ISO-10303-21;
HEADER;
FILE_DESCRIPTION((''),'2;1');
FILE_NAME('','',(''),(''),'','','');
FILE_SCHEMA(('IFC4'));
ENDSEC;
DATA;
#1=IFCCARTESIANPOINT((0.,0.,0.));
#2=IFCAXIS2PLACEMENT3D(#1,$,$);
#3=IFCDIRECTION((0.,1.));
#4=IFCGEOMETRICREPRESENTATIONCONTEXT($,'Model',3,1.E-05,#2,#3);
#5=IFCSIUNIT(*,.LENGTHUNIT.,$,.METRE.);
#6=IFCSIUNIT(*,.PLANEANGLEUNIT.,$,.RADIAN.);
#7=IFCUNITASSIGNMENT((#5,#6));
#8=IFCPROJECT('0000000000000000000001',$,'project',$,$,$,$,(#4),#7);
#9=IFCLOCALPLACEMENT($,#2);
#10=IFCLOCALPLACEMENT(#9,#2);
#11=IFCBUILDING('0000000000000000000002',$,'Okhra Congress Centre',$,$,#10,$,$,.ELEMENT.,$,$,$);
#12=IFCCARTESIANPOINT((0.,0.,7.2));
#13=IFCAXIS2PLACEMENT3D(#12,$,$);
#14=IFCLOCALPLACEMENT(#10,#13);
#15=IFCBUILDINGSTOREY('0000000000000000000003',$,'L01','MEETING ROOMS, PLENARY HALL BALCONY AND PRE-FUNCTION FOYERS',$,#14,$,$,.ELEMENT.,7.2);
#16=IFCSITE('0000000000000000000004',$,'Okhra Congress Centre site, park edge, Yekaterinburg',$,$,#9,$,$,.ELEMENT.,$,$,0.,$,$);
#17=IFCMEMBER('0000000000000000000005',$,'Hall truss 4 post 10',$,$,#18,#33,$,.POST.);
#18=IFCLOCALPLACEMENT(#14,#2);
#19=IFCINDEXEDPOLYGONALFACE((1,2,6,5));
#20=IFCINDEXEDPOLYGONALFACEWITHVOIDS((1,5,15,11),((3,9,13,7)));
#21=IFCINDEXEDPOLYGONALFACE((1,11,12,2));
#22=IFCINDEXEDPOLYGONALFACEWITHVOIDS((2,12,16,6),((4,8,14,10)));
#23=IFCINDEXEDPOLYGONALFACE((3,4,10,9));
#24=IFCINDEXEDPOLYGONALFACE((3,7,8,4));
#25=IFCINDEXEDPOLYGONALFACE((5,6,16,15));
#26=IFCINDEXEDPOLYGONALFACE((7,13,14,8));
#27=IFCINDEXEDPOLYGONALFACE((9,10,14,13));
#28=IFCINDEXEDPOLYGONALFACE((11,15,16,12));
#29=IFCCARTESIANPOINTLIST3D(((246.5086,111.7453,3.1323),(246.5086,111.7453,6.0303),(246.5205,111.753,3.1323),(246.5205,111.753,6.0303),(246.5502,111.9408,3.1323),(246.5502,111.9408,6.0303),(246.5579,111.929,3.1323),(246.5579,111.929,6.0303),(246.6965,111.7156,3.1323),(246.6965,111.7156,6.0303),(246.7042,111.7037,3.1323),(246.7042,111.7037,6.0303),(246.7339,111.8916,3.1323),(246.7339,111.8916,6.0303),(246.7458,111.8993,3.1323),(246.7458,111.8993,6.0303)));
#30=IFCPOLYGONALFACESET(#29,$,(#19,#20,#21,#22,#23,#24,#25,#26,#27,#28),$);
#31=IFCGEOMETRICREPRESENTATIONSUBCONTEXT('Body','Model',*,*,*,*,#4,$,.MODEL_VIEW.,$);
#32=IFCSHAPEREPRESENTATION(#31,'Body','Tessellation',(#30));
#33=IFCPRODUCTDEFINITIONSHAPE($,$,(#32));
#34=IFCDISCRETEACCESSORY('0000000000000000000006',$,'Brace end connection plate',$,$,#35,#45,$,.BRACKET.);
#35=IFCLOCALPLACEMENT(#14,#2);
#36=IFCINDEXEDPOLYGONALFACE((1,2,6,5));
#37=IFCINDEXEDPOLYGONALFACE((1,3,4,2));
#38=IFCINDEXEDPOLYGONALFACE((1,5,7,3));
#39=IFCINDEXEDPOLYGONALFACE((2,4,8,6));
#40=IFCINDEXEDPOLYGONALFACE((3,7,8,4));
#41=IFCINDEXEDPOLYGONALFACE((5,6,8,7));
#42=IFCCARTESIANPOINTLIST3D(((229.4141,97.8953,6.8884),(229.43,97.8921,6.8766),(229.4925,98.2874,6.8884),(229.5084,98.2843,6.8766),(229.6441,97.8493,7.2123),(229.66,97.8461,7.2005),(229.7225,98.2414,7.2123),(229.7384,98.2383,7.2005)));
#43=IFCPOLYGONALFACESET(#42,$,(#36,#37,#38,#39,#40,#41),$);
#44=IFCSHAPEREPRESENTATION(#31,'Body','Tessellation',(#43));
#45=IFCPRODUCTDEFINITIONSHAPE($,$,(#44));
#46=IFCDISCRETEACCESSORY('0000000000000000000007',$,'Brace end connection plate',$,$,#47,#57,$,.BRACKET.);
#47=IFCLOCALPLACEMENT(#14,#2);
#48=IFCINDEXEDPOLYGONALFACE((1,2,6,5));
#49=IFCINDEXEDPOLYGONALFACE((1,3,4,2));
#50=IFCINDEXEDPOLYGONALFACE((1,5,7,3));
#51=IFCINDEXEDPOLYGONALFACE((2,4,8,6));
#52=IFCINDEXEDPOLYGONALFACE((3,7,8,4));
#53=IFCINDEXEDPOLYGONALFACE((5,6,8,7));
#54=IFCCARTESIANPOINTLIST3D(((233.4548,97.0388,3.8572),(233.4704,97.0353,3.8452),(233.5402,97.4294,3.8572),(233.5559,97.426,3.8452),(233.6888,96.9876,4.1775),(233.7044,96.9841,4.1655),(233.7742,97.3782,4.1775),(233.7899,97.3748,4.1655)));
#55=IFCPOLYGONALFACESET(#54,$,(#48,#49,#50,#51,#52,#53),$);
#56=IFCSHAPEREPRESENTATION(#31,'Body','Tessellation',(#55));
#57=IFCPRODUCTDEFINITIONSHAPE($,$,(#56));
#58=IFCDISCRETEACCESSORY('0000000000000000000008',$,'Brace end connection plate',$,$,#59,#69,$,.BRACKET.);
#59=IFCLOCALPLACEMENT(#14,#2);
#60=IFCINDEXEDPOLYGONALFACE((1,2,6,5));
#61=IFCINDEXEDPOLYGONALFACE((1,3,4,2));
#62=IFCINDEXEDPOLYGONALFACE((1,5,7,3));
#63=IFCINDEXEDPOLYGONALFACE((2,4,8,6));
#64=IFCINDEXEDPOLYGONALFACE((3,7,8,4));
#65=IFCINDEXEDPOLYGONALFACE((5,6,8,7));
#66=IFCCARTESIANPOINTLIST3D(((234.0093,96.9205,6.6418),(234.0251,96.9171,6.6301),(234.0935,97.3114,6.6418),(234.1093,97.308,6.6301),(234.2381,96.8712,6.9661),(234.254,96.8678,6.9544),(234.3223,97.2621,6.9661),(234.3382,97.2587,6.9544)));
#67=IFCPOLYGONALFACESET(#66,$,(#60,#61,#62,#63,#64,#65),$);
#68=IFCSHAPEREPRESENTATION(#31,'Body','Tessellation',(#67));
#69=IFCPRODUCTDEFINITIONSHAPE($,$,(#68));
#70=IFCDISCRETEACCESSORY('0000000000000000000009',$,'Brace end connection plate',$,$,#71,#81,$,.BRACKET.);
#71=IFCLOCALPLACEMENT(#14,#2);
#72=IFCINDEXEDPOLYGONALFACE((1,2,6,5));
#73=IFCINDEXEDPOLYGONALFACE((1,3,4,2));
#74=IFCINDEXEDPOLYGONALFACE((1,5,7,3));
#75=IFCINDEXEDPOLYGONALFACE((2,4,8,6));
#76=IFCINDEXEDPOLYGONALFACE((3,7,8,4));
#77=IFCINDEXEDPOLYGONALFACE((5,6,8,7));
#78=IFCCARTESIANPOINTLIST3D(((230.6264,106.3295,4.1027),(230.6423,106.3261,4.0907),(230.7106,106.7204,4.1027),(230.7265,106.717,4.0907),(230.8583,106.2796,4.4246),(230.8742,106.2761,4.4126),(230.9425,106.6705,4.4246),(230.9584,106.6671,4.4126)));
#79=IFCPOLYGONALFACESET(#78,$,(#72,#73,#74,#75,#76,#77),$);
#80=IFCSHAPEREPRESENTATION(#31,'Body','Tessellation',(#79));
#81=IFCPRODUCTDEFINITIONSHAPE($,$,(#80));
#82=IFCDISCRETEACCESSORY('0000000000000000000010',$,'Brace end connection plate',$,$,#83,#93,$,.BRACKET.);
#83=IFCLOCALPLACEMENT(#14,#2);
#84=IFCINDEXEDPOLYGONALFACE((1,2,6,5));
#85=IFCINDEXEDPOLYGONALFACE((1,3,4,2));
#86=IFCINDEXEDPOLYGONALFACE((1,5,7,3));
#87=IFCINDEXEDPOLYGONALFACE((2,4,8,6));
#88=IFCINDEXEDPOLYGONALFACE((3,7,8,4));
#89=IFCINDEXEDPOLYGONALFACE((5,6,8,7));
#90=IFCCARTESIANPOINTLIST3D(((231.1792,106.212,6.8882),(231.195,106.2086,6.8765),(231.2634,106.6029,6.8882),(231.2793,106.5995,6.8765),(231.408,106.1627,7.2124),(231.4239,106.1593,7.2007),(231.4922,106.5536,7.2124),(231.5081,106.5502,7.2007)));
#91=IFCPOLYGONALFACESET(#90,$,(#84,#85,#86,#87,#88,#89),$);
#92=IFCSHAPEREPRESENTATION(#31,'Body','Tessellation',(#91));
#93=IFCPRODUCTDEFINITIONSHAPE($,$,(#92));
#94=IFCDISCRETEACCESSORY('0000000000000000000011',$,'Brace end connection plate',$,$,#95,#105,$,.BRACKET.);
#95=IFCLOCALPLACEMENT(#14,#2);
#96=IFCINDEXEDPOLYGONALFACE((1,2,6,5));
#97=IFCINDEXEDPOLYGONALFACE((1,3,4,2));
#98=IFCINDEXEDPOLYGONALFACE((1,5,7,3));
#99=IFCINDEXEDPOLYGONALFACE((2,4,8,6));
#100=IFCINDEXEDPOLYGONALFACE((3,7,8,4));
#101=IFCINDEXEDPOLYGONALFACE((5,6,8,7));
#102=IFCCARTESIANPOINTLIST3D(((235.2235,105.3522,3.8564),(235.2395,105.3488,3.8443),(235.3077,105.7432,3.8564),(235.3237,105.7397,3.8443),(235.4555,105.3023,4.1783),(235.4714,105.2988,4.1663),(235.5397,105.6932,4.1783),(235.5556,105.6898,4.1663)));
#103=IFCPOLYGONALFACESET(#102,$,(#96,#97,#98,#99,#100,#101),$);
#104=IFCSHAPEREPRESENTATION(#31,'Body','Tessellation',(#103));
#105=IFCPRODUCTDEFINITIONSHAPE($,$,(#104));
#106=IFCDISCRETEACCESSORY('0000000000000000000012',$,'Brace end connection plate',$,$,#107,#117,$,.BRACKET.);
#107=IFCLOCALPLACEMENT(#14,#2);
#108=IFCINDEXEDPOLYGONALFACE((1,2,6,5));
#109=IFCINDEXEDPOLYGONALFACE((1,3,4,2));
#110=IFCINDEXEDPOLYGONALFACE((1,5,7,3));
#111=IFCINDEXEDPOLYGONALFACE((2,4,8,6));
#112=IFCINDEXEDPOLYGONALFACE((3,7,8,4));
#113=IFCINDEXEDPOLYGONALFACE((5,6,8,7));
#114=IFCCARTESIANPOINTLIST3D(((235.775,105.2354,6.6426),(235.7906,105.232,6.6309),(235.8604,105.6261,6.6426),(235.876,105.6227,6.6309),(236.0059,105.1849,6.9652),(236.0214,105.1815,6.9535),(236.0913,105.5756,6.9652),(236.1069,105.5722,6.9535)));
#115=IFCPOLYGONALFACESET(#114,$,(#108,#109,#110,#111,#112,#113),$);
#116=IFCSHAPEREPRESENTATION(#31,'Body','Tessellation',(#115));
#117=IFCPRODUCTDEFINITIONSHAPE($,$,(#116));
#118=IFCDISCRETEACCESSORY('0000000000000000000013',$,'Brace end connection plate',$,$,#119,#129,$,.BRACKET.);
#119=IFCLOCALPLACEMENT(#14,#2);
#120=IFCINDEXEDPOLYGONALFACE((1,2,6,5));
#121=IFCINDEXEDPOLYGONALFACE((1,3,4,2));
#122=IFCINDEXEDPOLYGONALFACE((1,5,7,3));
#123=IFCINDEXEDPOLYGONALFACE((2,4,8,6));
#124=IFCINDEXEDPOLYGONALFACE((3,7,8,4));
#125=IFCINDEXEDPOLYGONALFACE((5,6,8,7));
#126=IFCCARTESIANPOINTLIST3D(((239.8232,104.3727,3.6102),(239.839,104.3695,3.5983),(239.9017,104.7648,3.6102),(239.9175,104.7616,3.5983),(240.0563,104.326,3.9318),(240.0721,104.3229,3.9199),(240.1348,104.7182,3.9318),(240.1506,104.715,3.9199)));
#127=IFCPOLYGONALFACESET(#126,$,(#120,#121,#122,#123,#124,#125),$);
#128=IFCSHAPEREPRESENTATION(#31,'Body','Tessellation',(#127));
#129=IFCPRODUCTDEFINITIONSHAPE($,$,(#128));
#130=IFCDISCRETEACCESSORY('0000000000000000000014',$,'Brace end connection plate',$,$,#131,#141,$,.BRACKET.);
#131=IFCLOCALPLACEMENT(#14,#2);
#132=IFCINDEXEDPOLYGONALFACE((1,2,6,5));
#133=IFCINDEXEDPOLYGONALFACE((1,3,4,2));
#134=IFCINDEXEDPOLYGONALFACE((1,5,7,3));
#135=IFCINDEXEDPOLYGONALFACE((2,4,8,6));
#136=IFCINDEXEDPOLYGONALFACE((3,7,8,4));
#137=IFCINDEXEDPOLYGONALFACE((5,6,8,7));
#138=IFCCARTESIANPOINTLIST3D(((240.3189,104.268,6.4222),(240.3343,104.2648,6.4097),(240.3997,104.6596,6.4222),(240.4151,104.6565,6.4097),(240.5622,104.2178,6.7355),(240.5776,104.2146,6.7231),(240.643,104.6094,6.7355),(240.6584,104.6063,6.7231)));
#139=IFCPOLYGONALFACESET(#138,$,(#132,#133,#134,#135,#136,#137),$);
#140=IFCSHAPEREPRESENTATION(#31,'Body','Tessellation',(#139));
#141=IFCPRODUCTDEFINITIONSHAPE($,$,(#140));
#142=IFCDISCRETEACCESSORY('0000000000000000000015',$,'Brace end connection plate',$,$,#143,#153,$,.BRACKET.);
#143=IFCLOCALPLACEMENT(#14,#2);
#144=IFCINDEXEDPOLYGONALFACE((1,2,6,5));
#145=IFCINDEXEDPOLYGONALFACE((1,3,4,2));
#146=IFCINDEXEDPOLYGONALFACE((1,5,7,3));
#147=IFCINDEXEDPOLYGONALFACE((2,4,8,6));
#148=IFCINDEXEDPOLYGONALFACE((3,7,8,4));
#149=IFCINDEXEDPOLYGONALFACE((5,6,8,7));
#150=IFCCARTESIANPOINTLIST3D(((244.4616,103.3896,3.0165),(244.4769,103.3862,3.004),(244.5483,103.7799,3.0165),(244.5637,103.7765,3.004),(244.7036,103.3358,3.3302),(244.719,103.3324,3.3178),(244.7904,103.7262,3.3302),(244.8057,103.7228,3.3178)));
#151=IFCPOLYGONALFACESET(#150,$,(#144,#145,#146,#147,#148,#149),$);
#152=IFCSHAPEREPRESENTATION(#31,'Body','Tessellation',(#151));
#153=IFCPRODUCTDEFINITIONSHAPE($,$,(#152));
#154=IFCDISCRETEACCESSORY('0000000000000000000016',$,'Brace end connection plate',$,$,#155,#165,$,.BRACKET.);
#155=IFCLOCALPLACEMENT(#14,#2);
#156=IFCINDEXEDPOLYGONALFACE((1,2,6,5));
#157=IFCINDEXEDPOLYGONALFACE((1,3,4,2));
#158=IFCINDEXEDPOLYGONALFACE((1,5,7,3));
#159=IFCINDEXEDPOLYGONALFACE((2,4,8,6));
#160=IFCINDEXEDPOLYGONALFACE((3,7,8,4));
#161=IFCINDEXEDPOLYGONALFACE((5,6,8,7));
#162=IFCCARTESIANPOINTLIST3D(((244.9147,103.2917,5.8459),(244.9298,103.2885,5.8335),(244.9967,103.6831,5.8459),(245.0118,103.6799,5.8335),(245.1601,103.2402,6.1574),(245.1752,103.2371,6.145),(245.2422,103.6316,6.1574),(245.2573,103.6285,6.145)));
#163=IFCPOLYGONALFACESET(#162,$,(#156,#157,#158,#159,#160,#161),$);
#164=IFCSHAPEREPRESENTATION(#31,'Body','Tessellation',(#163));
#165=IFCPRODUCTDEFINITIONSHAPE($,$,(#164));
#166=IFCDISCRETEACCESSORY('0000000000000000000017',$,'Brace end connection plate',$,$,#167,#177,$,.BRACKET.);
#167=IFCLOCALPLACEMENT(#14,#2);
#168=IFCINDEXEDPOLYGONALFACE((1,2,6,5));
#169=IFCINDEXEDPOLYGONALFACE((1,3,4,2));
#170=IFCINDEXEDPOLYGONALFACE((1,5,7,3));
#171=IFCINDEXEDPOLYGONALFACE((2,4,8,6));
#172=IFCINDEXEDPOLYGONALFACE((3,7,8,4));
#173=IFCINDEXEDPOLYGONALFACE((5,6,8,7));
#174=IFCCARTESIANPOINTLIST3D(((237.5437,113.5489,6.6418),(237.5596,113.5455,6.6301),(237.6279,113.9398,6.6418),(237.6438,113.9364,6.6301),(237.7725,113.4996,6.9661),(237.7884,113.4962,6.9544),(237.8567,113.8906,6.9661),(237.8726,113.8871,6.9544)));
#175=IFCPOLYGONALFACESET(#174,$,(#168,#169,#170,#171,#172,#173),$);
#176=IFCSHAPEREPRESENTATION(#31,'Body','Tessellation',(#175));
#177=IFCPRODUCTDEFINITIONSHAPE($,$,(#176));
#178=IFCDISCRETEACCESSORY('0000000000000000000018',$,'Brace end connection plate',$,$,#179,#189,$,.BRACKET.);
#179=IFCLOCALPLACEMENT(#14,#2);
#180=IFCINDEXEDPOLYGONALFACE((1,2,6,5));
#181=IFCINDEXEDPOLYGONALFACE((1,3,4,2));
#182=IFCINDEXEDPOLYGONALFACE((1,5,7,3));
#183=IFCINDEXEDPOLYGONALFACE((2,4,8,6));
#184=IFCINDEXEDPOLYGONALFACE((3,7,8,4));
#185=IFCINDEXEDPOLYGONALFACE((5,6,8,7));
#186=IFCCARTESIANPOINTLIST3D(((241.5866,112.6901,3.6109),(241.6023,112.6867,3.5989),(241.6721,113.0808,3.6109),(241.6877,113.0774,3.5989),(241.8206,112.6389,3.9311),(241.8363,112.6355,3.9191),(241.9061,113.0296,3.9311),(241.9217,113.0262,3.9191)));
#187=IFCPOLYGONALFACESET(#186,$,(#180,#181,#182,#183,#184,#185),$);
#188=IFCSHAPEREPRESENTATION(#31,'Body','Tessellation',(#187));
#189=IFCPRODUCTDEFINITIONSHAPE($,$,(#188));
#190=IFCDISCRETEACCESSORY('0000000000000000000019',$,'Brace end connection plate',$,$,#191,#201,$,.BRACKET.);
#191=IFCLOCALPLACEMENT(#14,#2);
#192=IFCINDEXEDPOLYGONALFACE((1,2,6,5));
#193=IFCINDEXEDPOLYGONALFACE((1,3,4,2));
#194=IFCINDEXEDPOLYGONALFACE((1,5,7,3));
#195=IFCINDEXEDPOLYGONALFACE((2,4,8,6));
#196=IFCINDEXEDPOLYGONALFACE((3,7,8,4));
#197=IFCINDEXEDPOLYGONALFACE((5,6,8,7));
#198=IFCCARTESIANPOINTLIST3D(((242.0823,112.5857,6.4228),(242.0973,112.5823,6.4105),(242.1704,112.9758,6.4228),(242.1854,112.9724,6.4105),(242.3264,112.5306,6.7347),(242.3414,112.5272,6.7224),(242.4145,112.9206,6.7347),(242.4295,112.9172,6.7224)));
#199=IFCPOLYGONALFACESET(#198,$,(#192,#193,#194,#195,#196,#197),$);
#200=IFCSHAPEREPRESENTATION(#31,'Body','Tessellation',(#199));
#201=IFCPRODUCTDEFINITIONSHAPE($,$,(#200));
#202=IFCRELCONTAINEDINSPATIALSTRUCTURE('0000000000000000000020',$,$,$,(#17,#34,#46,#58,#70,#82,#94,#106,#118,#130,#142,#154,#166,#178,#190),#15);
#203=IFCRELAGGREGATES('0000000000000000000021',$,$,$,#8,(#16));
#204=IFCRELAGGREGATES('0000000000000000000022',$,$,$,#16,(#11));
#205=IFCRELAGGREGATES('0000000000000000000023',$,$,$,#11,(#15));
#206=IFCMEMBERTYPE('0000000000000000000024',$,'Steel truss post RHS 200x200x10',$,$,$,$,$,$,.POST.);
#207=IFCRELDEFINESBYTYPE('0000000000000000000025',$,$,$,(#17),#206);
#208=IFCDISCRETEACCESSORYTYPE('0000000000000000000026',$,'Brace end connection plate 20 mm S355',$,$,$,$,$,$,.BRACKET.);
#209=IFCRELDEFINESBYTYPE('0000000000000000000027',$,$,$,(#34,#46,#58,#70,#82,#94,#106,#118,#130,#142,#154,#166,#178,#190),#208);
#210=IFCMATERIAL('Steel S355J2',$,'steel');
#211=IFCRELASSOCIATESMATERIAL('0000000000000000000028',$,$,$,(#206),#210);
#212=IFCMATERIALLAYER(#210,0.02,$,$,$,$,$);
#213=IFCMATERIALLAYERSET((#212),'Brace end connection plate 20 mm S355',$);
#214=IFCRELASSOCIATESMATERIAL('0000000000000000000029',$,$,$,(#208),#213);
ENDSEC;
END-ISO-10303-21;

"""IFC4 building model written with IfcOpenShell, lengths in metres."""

from ifc_helpers import new_model, si_unit, direction, frame, origin, origin_2d, place, context, subcontext, project, spatial, rectangle, hollow_rectangle, extrude, material, layer, layer_set, material_profile, profile_set, type_object, element, save


model = new_model("IFC4")

# Units and contexts
model_context = context("Model", 3, precision=1e-05, world=origin(), true_north=direction((0.0, 1.0)))
body_context = subcontext(model_context, "Body", "Model", "MODEL_VIEW")
ifc_project = project(units=[si_unit("LENGTHUNIT", "METRE"), si_unit("PLANEANGLEUNIT", "RADIAN")], contexts=[model_context])

# Site, building, storey
site_placement = place(None, origin())
site = spatial("IfcSite", under=ifc_project, at=site_placement, Name="Okhra Congress Centre site, park edge, Yekaterinburg", CompositionType="ELEMENT", RefElevation=0.0)
building_placement = place(site_placement, origin())
building = spatial("IfcBuilding", under=site, at=building_placement, Name="Okhra Congress Centre", CompositionType="ELEMENT")
storey_placement = place(building_placement, frame((0.0, 0.0, 7.2)))
storey = spatial("IfcBuildingStorey", under=building, at=storey_placement, Name="L01", Description="MEETING ROOMS, PLENARY HALL BALCONY AND PRE-FUNCTION FOYERS", CompositionType="ELEMENT", Elevation=7.2)

# Member
ifc_material = material(Name="Steel S355J2", Category="steel")
ifc_material_profile_1 = material_profile(ifc_material, hollow_rectangle(XDim=0.2, YDim=0.2, WallThickness=0.01, at=origin_2d()), Name="RHS 200x200x10")
ifc_profile_set_1 = profile_set([ifc_material_profile_1], Name="Steel S355J2")
member_type_1 = type_object("IfcMemberType", Name="Steel truss post RHS 200x200x10", PredefinedType="POST", material=ifc_profile_set_1)
member_1_placement = place(storey_placement, frame((246.6272, 111.8223, 3.1323), z_axis=(0.0, 0.0, 1.0), x_axis=(0.978148, -0.207912, 0.0)))
element("IfcMember", 1, at=member_1_placement, inside=storey, type_object=member_type_1, Name="Hall truss 4 post 10", PredefinedType="POST", context=body_context, shape_type="SweptSolid", body=[
    extrude(hollow_rectangle(XDim=0.2, YDim=0.2, WallThickness=0.01, at=origin_2d()), origin(), (0.0, 0.0, 1.0), 2.8979),
])

# Discrete accessories
ifc_layer = layer(ifc_material, 0.02)
ifc_layer_set = layer_set([ifc_layer], Name="Brace end connection plate 20 mm S355")
discrete_accessory_type = type_object("IfcDiscreteAccessoryType", Name="Brace end connection plate 20 mm S355", PredefinedType="BRACKET", material=ifc_layer_set)
for number, where, z_axis, x_axis, name in (
    (2, (229.5842, 98.0652, 7.0386), (-0.79422, 0.158844, 0.586501), (-0.196116, -0.980581, 0.0), "Brace end connection plate"),
    (3, (233.6145, 97.2085, 4.0173), (0.782293, -0.171127, -0.598943), (0.213697, 0.9769, 0.0), "Brace end connection plate"),
    (4, (234.1816, 97.0879, 6.7922), (-0.792624, 0.170719, 0.585322), (-0.210556, -0.977582, 0.0), "Brace end connection plate"),
):
    element("IfcDiscreteAccessory", number, at=place(storey_placement, frame(where, z_axis=z_axis, x_axis=x_axis)), inside=storey, type_object=discrete_accessory_type, Name=name, PredefinedType="BRACKET", context=body_context, shape_type="SweptSolid", body=[
        extrude(rectangle(XDim=0.3999, YDim=0.3999, at=origin_2d()), origin(), (0.0, 0.0, 1.0), 0.02),
    ])
discrete_accessory_1_placement = place(storey_placement, frame((230.7844, 106.5, 4.2637), z_axis=(0.786969, -0.169501, -0.593253), x_axis=(0.210556, 0.977582, 0.0)))
element("IfcDiscreteAccessory", 5, at=discrete_accessory_1_placement, inside=storey, type_object=discrete_accessory_type, Name="Brace end connection plate", PredefinedType="BRACKET", context=body_context, shape_type="SweptSolid", body=[
    extrude(rectangle(XDim=0.3999, YDim=0.3999, at=origin_2d()), origin(), (0.0, 0.0, 1.0), 0.0203),
])
discrete_accessory_2_placement = place(storey_placement, frame((231.3516, 106.3794, 7.0386), z_axis=(-0.792624, 0.170719, 0.585322), x_axis=(-0.210556, -0.977582, 0.0)))
element("IfcDiscreteAccessory", 6, at=discrete_accessory_2_placement, inside=storey, type_object=discrete_accessory_type, Name="Brace end connection plate", PredefinedType="BRACKET", context=body_context, shape_type="SweptSolid", body=[
    extrude(rectangle(XDim=0.3999, YDim=0.3999, at=origin_2d()), origin(), (0.0, 0.0, 1.0), 0.02),
])
discrete_accessory_3_placement = place(storey_placement, frame((235.3816, 105.5227, 4.0173), z_axis=(0.786969, -0.169501, -0.593253), x_axis=(0.210556, 0.977582, 0.0)))
element("IfcDiscreteAccessory", 7, at=discrete_accessory_3_placement, inside=storey, type_object=discrete_accessory_type, Name="Brace end connection plate", PredefinedType="BRACKET", context=body_context, shape_type="SweptSolid", body=[
    extrude(rectangle(XDim=0.3999, YDim=0.3999, at=origin_2d()), origin(), (0.0, 0.0, 1.0), 0.0203),
])
discrete_accessory_4_placement = place(storey_placement, frame((235.9487, 105.4021, 6.7922), z_axis=(-0.788024, 0.17238, 0.591018), x_axis=(-0.213697, -0.9769, 0.0)))
element("IfcDiscreteAccessory", 8, at=discrete_accessory_4_placement, inside=storey, type_object=discrete_accessory_type, Name="Brace end connection plate", PredefinedType="BRACKET", context=body_context, shape_type="SweptSolid", body=[
    extrude(rectangle(XDim=0.3999, YDim=0.3999, at=origin_2d()), origin(), (0.0, 0.0, 1.0), 0.0198),
])
for number, where, z_axis, x_axis, name in (
    (9, (239.979, 104.5454, 3.771), (0.788531, -0.157706, -0.594431), (0.196116, 0.980581, 0.0), "Brace end connection plate"),
    (10, (240.4963, 104.4355, 6.5664), (-0.767437, 0.15836, 0.621259), (-0.202092, -0.979367, 0.0), "Brace end connection plate"),
    (11, (244.626, 103.5579, 3.1733), (0.765904, -0.170201, -0.620018), (0.21693, 0.976187, 0.0), "Brace end connection plate"),
):
    element("IfcDiscreteAccessory", number, at=place(storey_placement, frame(where, z_axis=z_axis, x_axis=x_axis)), inside=storey, type_object=discrete_accessory_type, Name=name, PredefinedType="BRACKET", context=body_context, shape_type="SweptSolid", body=[
        extrude(rectangle(XDim=0.3999, YDim=0.3999, at=origin_2d()), origin(), (0.0, 0.0, 1.0), 0.02),
    ])
discrete_accessory_5_placement = place(storey_placement, frame((245.0935, 103.4585, 5.9893), z_axis=(-0.762359, 0.159849, 0.627102), x_axis=(-0.205215, -0.978717, 0.0)))
element("IfcDiscreteAccessory", 12, at=discrete_accessory_5_placement, inside=storey, type_object=discrete_accessory_type, Name="Brace end connection plate", PredefinedType="BRACKET", context=body_context, shape_type="SweptSolid", body=[
    extrude(rectangle(XDim=0.3999, YDim=0.3999, at=origin_2d()), origin(), (0.0, 0.0, 1.0), 0.0198),
])
for number, where, z_axis, x_axis, name in (
    (13, (237.7161, 113.7163, 6.7922), (-0.792624, 0.170719, 0.585322), (-0.210556, -0.977582, 0.0), "Brace end connection plate"),
    (14, (241.7463, 112.8599, 3.771), (0.782293, -0.171127, -0.598943), (0.213697, 0.9769, 0.0), "Brace end connection plate"),
):
    element("IfcDiscreteAccessory", number, at=place(storey_placement, frame(where, z_axis=z_axis, x_axis=x_axis)), inside=storey, type_object=discrete_accessory_type, Name=name, PredefinedType="BRACKET", context=body_context, shape_type="SweptSolid", body=[
        extrude(rectangle(XDim=0.3999, YDim=0.3999, at=origin_2d()), origin(), (0.0, 0.0, 1.0), 0.02),
    ])
discrete_accessory_6_placement = place(storey_placement, frame((242.2634, 112.7498, 6.5664), z_axis=(-0.760808, 0.171795, 0.625826), x_axis=(-0.220261, -0.975441, 0.0)))
element("IfcDiscreteAccessory", 15, at=discrete_accessory_6_placement, inside=storey, type_object=discrete_accessory_type, Name="Brace end connection plate", PredefinedType="BRACKET", context=body_context, shape_type="SweptSolid", body=[
    extrude(rectangle(XDim=0.3999, YDim=0.3999, at=origin_2d()), origin(), (0.0, 0.0, 1.0), 0.0198),
])

save(model, "model.ifc")
